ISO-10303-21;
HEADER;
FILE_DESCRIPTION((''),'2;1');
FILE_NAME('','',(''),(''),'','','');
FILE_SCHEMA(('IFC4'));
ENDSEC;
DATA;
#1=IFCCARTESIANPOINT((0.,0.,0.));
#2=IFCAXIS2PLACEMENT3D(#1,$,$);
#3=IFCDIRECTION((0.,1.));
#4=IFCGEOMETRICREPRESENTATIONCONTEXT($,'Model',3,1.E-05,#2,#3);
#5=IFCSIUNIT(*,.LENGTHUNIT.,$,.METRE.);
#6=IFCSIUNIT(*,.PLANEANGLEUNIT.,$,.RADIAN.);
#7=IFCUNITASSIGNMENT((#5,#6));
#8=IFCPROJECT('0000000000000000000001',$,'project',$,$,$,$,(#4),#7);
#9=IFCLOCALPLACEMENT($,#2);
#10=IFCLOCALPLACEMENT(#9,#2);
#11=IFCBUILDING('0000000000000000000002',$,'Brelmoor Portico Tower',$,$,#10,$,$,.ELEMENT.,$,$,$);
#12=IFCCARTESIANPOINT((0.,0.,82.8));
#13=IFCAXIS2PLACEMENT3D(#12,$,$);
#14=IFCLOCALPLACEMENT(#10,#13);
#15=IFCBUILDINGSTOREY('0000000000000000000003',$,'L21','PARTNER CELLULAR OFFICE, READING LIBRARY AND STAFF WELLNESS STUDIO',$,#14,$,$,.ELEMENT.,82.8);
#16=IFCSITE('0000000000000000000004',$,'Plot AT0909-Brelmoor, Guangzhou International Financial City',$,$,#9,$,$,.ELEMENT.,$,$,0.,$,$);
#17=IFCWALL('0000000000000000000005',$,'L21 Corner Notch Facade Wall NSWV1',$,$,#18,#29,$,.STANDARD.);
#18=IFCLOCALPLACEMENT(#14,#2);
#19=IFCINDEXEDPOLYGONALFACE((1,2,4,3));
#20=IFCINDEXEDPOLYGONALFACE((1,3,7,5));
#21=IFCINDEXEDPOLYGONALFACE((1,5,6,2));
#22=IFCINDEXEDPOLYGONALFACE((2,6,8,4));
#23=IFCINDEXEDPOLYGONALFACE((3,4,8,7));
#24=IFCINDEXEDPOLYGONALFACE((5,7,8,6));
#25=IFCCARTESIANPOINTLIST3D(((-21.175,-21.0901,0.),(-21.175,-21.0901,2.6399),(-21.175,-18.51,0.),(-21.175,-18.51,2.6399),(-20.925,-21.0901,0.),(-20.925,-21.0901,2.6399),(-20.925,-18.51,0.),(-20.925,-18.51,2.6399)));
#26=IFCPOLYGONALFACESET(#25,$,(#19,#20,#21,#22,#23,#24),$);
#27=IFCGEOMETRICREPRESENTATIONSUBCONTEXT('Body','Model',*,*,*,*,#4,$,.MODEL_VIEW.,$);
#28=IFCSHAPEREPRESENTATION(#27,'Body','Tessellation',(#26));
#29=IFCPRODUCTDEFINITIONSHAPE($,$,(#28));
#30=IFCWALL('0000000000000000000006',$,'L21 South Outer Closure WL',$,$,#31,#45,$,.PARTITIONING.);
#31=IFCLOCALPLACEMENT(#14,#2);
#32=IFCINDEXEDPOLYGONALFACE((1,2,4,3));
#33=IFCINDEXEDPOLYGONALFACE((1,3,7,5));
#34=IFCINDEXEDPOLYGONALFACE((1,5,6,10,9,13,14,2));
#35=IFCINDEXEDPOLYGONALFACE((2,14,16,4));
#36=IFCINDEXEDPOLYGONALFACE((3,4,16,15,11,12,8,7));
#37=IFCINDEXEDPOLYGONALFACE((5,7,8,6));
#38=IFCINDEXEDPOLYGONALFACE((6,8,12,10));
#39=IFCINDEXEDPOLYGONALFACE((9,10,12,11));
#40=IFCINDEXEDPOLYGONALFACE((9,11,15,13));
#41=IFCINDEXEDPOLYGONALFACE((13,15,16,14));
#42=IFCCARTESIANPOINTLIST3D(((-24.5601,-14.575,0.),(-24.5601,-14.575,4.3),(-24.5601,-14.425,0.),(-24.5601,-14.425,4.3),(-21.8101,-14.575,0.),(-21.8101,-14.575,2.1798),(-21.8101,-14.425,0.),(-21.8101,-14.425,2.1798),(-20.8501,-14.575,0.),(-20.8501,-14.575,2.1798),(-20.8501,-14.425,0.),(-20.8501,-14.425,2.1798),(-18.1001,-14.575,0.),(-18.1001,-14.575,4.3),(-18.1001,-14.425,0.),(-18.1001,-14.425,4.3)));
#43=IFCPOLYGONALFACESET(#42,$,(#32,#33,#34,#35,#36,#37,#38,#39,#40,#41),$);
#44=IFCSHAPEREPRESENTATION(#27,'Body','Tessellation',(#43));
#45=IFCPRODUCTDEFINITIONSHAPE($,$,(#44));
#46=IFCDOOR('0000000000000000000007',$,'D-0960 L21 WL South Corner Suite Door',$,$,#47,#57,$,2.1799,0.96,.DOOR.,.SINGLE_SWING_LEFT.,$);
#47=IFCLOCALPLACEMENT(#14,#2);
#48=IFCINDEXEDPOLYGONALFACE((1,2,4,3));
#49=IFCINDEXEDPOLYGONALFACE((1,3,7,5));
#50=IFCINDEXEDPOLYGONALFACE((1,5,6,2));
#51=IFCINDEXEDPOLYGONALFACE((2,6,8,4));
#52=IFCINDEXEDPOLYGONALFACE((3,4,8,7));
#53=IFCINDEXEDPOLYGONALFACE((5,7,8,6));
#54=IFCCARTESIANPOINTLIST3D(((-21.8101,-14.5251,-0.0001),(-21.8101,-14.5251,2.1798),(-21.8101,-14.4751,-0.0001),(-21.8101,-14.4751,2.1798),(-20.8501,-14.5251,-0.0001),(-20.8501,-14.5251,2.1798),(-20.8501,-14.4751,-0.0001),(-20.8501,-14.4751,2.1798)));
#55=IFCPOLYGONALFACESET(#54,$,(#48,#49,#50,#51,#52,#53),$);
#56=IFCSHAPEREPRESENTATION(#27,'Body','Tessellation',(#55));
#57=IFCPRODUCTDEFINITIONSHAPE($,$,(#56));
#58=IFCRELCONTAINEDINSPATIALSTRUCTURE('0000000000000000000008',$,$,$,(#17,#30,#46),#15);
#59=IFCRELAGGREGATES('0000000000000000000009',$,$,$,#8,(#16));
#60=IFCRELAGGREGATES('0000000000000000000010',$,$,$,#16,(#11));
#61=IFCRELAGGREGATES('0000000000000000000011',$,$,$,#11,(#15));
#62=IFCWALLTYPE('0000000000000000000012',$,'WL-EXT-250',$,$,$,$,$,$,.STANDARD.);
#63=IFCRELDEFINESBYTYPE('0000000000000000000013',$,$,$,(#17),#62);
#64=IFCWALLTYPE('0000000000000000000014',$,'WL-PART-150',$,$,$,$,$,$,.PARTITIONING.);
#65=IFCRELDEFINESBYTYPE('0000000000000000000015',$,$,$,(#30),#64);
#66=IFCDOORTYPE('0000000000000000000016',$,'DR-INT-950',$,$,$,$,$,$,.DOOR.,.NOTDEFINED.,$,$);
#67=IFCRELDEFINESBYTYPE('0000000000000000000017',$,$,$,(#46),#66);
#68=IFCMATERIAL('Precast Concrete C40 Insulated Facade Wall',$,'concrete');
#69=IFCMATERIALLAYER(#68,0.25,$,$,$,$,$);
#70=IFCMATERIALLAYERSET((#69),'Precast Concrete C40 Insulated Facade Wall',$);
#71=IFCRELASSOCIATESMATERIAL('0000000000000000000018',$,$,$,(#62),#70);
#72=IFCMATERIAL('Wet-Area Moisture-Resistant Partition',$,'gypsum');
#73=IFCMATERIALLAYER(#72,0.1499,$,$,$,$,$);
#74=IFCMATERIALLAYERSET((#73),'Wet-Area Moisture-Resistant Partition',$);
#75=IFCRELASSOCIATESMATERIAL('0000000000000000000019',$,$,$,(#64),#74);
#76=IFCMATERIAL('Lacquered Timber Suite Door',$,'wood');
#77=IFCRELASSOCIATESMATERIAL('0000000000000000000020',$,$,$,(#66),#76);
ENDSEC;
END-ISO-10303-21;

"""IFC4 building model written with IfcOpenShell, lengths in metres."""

from ifc_helpers import new_model, si_unit, direction, frame, frame_2d, origin, place, context, subcontext, project, spatial, rectangle, extrude, material, layer, layer_set, type_object, element, fill, save


model = new_model("IFC4")

# Units and contexts
model_context = context("Model", 3, precision=1e-05, world=origin(), true_north=direction((0.0, 1.0)))
body_context = subcontext(model_context, "Body", "Model", "MODEL_VIEW")
ifc_project = project(units=[si_unit("LENGTHUNIT", "METRE"), si_unit("PLANEANGLEUNIT", "RADIAN")], contexts=[model_context])

# Site, building, storey
site_placement = place(None, origin())
site = spatial("IfcSite", under=ifc_project, at=site_placement, Name="Plot AT0909-Brelmoor, Guangzhou International Financial City", CompositionType="ELEMENT", RefElevation=0.0)
building_placement = place(site_placement, origin())
building = spatial("IfcBuilding", under=site, at=building_placement, Name="Brelmoor Portico Tower", CompositionType="ELEMENT")
storey_placement = place(building_placement, frame((0.0, 0.0, 82.8)))
storey = spatial("IfcBuildingStorey", under=building, at=storey_placement, Name="L21", Description="PARTNER CELLULAR OFFICE, READING LIBRARY AND STAFF WELLNESS STUDIO", CompositionType="ELEMENT", Elevation=82.8)

# Wall
ifc_material_1 = material(Name="Precast Concrete C40 Insulated Facade Wall", Category="concrete")
ifc_layer_1 = layer(ifc_material_1, 0.25)
ifc_layer_set_1 = layer_set([ifc_layer_1], Name="Precast Concrete C40 Insulated Facade Wall")
wall_type_1 = type_object("IfcWallType", Name="WL-EXT-250", PredefinedType="STANDARD", material=ifc_layer_set_1)
for number, where, z_axis, x_axis, name in (
    (1, (-21.05, -21.0901, 0.0), (0.0, 0.0, 1.0), (0.0, 1.0, 0.0), "L21 Corner Notch Facade Wall NSWV1"),
):
    element("IfcWall", number, at=place(storey_placement, frame(where, z_axis=z_axis, x_axis=x_axis)), inside=storey, type_object=wall_type_1, Name=name, PredefinedType="STANDARD", context=body_context, shape_type="SweptSolid", body=[
        extrude(rectangle(XDim=2.5801, YDim=0.25, at=frame_2d((1.29, 0.0))), origin(), (0.0, 0.0, 1.0), 2.6399),
    ])

# Wall, opening, door
ifc_material_2 = material(Name="Wet-Area Moisture-Resistant Partition", Category="gypsum")
ifc_layer_2 = layer(ifc_material_2, 0.1499)
ifc_layer_set_2 = layer_set([ifc_layer_2], Name="Wet-Area Moisture-Resistant Partition")
wall_type_2 = type_object("IfcWallType", Name="WL-PART-150", PredefinedType="PARTITIONING", material=ifc_layer_set_2)
wall_placement = place(storey_placement, frame((-24.5601, -14.5, 0.0), z_axis=(0.0, 0.0, 1.0), x_axis=(1.0, 0.0, 0.0)))
wall = element("IfcWall", 2, at=wall_placement, inside=storey, type_object=wall_type_2, Name="L21 South Outer Closure WL", PredefinedType="PARTITIONING", context=body_context, shape_type="SweptSolid", body=[
    extrude(rectangle(XDim=6.46, YDim=0.1499, at=frame_2d((3.23, 0.0))), origin(), (0.0, 0.0, 1.0), 4.3),
])
opening_placement = place(wall_placement, frame((2.75, 0.0, 0.0)))
opening = element("IfcOpeningElement", 3, at=opening_placement, cuts=wall, PredefinedType="OPENING", context=body_context, shape_type="SweptSolid", body=[
    extrude(rectangle(XDim=0.96, YDim=2.1799, at=frame_2d((0.48, 1.0898))), frame((0.0, 0.085, 0.0), z_axis=(0.0, -1.0, 0.0), x_axis=(1.0, 0.0, 0.0)), (0.0, 0.0, 1.0), 0.1699),
])
ifc_material_3 = material(Name="Lacquered Timber Suite Door", Category="wood")
door_type = type_object("IfcDoorType", Name="DR-INT-950", OperationType="NOTDEFINED", PredefinedType="DOOR", material=ifc_material_3)
door_placement = place(opening_placement, origin())
door = element("IfcDoor", 4, at=door_placement, inside=storey, type_object=door_type, Name="D-0960 L21 WL South Corner Suite Door", OperationType="SINGLE_SWING_LEFT", OverallHeight=2.1799, OverallWidth=0.96, PredefinedType="DOOR", context=body_context, shape_type="SweptSolid", body=[
    extrude(rectangle(XDim=0.96, YDim=2.1799, at=frame_2d((0.48, 1.0898))), frame((0.0, 0.0249, 0.0), z_axis=(0.0, -1.0, 0.0), x_axis=(1.0, 0.0, 0.0)), (0.0, 0.0, 1.0), 0.05),
])
fill(opening, door)

save(model, "model.ifc")
